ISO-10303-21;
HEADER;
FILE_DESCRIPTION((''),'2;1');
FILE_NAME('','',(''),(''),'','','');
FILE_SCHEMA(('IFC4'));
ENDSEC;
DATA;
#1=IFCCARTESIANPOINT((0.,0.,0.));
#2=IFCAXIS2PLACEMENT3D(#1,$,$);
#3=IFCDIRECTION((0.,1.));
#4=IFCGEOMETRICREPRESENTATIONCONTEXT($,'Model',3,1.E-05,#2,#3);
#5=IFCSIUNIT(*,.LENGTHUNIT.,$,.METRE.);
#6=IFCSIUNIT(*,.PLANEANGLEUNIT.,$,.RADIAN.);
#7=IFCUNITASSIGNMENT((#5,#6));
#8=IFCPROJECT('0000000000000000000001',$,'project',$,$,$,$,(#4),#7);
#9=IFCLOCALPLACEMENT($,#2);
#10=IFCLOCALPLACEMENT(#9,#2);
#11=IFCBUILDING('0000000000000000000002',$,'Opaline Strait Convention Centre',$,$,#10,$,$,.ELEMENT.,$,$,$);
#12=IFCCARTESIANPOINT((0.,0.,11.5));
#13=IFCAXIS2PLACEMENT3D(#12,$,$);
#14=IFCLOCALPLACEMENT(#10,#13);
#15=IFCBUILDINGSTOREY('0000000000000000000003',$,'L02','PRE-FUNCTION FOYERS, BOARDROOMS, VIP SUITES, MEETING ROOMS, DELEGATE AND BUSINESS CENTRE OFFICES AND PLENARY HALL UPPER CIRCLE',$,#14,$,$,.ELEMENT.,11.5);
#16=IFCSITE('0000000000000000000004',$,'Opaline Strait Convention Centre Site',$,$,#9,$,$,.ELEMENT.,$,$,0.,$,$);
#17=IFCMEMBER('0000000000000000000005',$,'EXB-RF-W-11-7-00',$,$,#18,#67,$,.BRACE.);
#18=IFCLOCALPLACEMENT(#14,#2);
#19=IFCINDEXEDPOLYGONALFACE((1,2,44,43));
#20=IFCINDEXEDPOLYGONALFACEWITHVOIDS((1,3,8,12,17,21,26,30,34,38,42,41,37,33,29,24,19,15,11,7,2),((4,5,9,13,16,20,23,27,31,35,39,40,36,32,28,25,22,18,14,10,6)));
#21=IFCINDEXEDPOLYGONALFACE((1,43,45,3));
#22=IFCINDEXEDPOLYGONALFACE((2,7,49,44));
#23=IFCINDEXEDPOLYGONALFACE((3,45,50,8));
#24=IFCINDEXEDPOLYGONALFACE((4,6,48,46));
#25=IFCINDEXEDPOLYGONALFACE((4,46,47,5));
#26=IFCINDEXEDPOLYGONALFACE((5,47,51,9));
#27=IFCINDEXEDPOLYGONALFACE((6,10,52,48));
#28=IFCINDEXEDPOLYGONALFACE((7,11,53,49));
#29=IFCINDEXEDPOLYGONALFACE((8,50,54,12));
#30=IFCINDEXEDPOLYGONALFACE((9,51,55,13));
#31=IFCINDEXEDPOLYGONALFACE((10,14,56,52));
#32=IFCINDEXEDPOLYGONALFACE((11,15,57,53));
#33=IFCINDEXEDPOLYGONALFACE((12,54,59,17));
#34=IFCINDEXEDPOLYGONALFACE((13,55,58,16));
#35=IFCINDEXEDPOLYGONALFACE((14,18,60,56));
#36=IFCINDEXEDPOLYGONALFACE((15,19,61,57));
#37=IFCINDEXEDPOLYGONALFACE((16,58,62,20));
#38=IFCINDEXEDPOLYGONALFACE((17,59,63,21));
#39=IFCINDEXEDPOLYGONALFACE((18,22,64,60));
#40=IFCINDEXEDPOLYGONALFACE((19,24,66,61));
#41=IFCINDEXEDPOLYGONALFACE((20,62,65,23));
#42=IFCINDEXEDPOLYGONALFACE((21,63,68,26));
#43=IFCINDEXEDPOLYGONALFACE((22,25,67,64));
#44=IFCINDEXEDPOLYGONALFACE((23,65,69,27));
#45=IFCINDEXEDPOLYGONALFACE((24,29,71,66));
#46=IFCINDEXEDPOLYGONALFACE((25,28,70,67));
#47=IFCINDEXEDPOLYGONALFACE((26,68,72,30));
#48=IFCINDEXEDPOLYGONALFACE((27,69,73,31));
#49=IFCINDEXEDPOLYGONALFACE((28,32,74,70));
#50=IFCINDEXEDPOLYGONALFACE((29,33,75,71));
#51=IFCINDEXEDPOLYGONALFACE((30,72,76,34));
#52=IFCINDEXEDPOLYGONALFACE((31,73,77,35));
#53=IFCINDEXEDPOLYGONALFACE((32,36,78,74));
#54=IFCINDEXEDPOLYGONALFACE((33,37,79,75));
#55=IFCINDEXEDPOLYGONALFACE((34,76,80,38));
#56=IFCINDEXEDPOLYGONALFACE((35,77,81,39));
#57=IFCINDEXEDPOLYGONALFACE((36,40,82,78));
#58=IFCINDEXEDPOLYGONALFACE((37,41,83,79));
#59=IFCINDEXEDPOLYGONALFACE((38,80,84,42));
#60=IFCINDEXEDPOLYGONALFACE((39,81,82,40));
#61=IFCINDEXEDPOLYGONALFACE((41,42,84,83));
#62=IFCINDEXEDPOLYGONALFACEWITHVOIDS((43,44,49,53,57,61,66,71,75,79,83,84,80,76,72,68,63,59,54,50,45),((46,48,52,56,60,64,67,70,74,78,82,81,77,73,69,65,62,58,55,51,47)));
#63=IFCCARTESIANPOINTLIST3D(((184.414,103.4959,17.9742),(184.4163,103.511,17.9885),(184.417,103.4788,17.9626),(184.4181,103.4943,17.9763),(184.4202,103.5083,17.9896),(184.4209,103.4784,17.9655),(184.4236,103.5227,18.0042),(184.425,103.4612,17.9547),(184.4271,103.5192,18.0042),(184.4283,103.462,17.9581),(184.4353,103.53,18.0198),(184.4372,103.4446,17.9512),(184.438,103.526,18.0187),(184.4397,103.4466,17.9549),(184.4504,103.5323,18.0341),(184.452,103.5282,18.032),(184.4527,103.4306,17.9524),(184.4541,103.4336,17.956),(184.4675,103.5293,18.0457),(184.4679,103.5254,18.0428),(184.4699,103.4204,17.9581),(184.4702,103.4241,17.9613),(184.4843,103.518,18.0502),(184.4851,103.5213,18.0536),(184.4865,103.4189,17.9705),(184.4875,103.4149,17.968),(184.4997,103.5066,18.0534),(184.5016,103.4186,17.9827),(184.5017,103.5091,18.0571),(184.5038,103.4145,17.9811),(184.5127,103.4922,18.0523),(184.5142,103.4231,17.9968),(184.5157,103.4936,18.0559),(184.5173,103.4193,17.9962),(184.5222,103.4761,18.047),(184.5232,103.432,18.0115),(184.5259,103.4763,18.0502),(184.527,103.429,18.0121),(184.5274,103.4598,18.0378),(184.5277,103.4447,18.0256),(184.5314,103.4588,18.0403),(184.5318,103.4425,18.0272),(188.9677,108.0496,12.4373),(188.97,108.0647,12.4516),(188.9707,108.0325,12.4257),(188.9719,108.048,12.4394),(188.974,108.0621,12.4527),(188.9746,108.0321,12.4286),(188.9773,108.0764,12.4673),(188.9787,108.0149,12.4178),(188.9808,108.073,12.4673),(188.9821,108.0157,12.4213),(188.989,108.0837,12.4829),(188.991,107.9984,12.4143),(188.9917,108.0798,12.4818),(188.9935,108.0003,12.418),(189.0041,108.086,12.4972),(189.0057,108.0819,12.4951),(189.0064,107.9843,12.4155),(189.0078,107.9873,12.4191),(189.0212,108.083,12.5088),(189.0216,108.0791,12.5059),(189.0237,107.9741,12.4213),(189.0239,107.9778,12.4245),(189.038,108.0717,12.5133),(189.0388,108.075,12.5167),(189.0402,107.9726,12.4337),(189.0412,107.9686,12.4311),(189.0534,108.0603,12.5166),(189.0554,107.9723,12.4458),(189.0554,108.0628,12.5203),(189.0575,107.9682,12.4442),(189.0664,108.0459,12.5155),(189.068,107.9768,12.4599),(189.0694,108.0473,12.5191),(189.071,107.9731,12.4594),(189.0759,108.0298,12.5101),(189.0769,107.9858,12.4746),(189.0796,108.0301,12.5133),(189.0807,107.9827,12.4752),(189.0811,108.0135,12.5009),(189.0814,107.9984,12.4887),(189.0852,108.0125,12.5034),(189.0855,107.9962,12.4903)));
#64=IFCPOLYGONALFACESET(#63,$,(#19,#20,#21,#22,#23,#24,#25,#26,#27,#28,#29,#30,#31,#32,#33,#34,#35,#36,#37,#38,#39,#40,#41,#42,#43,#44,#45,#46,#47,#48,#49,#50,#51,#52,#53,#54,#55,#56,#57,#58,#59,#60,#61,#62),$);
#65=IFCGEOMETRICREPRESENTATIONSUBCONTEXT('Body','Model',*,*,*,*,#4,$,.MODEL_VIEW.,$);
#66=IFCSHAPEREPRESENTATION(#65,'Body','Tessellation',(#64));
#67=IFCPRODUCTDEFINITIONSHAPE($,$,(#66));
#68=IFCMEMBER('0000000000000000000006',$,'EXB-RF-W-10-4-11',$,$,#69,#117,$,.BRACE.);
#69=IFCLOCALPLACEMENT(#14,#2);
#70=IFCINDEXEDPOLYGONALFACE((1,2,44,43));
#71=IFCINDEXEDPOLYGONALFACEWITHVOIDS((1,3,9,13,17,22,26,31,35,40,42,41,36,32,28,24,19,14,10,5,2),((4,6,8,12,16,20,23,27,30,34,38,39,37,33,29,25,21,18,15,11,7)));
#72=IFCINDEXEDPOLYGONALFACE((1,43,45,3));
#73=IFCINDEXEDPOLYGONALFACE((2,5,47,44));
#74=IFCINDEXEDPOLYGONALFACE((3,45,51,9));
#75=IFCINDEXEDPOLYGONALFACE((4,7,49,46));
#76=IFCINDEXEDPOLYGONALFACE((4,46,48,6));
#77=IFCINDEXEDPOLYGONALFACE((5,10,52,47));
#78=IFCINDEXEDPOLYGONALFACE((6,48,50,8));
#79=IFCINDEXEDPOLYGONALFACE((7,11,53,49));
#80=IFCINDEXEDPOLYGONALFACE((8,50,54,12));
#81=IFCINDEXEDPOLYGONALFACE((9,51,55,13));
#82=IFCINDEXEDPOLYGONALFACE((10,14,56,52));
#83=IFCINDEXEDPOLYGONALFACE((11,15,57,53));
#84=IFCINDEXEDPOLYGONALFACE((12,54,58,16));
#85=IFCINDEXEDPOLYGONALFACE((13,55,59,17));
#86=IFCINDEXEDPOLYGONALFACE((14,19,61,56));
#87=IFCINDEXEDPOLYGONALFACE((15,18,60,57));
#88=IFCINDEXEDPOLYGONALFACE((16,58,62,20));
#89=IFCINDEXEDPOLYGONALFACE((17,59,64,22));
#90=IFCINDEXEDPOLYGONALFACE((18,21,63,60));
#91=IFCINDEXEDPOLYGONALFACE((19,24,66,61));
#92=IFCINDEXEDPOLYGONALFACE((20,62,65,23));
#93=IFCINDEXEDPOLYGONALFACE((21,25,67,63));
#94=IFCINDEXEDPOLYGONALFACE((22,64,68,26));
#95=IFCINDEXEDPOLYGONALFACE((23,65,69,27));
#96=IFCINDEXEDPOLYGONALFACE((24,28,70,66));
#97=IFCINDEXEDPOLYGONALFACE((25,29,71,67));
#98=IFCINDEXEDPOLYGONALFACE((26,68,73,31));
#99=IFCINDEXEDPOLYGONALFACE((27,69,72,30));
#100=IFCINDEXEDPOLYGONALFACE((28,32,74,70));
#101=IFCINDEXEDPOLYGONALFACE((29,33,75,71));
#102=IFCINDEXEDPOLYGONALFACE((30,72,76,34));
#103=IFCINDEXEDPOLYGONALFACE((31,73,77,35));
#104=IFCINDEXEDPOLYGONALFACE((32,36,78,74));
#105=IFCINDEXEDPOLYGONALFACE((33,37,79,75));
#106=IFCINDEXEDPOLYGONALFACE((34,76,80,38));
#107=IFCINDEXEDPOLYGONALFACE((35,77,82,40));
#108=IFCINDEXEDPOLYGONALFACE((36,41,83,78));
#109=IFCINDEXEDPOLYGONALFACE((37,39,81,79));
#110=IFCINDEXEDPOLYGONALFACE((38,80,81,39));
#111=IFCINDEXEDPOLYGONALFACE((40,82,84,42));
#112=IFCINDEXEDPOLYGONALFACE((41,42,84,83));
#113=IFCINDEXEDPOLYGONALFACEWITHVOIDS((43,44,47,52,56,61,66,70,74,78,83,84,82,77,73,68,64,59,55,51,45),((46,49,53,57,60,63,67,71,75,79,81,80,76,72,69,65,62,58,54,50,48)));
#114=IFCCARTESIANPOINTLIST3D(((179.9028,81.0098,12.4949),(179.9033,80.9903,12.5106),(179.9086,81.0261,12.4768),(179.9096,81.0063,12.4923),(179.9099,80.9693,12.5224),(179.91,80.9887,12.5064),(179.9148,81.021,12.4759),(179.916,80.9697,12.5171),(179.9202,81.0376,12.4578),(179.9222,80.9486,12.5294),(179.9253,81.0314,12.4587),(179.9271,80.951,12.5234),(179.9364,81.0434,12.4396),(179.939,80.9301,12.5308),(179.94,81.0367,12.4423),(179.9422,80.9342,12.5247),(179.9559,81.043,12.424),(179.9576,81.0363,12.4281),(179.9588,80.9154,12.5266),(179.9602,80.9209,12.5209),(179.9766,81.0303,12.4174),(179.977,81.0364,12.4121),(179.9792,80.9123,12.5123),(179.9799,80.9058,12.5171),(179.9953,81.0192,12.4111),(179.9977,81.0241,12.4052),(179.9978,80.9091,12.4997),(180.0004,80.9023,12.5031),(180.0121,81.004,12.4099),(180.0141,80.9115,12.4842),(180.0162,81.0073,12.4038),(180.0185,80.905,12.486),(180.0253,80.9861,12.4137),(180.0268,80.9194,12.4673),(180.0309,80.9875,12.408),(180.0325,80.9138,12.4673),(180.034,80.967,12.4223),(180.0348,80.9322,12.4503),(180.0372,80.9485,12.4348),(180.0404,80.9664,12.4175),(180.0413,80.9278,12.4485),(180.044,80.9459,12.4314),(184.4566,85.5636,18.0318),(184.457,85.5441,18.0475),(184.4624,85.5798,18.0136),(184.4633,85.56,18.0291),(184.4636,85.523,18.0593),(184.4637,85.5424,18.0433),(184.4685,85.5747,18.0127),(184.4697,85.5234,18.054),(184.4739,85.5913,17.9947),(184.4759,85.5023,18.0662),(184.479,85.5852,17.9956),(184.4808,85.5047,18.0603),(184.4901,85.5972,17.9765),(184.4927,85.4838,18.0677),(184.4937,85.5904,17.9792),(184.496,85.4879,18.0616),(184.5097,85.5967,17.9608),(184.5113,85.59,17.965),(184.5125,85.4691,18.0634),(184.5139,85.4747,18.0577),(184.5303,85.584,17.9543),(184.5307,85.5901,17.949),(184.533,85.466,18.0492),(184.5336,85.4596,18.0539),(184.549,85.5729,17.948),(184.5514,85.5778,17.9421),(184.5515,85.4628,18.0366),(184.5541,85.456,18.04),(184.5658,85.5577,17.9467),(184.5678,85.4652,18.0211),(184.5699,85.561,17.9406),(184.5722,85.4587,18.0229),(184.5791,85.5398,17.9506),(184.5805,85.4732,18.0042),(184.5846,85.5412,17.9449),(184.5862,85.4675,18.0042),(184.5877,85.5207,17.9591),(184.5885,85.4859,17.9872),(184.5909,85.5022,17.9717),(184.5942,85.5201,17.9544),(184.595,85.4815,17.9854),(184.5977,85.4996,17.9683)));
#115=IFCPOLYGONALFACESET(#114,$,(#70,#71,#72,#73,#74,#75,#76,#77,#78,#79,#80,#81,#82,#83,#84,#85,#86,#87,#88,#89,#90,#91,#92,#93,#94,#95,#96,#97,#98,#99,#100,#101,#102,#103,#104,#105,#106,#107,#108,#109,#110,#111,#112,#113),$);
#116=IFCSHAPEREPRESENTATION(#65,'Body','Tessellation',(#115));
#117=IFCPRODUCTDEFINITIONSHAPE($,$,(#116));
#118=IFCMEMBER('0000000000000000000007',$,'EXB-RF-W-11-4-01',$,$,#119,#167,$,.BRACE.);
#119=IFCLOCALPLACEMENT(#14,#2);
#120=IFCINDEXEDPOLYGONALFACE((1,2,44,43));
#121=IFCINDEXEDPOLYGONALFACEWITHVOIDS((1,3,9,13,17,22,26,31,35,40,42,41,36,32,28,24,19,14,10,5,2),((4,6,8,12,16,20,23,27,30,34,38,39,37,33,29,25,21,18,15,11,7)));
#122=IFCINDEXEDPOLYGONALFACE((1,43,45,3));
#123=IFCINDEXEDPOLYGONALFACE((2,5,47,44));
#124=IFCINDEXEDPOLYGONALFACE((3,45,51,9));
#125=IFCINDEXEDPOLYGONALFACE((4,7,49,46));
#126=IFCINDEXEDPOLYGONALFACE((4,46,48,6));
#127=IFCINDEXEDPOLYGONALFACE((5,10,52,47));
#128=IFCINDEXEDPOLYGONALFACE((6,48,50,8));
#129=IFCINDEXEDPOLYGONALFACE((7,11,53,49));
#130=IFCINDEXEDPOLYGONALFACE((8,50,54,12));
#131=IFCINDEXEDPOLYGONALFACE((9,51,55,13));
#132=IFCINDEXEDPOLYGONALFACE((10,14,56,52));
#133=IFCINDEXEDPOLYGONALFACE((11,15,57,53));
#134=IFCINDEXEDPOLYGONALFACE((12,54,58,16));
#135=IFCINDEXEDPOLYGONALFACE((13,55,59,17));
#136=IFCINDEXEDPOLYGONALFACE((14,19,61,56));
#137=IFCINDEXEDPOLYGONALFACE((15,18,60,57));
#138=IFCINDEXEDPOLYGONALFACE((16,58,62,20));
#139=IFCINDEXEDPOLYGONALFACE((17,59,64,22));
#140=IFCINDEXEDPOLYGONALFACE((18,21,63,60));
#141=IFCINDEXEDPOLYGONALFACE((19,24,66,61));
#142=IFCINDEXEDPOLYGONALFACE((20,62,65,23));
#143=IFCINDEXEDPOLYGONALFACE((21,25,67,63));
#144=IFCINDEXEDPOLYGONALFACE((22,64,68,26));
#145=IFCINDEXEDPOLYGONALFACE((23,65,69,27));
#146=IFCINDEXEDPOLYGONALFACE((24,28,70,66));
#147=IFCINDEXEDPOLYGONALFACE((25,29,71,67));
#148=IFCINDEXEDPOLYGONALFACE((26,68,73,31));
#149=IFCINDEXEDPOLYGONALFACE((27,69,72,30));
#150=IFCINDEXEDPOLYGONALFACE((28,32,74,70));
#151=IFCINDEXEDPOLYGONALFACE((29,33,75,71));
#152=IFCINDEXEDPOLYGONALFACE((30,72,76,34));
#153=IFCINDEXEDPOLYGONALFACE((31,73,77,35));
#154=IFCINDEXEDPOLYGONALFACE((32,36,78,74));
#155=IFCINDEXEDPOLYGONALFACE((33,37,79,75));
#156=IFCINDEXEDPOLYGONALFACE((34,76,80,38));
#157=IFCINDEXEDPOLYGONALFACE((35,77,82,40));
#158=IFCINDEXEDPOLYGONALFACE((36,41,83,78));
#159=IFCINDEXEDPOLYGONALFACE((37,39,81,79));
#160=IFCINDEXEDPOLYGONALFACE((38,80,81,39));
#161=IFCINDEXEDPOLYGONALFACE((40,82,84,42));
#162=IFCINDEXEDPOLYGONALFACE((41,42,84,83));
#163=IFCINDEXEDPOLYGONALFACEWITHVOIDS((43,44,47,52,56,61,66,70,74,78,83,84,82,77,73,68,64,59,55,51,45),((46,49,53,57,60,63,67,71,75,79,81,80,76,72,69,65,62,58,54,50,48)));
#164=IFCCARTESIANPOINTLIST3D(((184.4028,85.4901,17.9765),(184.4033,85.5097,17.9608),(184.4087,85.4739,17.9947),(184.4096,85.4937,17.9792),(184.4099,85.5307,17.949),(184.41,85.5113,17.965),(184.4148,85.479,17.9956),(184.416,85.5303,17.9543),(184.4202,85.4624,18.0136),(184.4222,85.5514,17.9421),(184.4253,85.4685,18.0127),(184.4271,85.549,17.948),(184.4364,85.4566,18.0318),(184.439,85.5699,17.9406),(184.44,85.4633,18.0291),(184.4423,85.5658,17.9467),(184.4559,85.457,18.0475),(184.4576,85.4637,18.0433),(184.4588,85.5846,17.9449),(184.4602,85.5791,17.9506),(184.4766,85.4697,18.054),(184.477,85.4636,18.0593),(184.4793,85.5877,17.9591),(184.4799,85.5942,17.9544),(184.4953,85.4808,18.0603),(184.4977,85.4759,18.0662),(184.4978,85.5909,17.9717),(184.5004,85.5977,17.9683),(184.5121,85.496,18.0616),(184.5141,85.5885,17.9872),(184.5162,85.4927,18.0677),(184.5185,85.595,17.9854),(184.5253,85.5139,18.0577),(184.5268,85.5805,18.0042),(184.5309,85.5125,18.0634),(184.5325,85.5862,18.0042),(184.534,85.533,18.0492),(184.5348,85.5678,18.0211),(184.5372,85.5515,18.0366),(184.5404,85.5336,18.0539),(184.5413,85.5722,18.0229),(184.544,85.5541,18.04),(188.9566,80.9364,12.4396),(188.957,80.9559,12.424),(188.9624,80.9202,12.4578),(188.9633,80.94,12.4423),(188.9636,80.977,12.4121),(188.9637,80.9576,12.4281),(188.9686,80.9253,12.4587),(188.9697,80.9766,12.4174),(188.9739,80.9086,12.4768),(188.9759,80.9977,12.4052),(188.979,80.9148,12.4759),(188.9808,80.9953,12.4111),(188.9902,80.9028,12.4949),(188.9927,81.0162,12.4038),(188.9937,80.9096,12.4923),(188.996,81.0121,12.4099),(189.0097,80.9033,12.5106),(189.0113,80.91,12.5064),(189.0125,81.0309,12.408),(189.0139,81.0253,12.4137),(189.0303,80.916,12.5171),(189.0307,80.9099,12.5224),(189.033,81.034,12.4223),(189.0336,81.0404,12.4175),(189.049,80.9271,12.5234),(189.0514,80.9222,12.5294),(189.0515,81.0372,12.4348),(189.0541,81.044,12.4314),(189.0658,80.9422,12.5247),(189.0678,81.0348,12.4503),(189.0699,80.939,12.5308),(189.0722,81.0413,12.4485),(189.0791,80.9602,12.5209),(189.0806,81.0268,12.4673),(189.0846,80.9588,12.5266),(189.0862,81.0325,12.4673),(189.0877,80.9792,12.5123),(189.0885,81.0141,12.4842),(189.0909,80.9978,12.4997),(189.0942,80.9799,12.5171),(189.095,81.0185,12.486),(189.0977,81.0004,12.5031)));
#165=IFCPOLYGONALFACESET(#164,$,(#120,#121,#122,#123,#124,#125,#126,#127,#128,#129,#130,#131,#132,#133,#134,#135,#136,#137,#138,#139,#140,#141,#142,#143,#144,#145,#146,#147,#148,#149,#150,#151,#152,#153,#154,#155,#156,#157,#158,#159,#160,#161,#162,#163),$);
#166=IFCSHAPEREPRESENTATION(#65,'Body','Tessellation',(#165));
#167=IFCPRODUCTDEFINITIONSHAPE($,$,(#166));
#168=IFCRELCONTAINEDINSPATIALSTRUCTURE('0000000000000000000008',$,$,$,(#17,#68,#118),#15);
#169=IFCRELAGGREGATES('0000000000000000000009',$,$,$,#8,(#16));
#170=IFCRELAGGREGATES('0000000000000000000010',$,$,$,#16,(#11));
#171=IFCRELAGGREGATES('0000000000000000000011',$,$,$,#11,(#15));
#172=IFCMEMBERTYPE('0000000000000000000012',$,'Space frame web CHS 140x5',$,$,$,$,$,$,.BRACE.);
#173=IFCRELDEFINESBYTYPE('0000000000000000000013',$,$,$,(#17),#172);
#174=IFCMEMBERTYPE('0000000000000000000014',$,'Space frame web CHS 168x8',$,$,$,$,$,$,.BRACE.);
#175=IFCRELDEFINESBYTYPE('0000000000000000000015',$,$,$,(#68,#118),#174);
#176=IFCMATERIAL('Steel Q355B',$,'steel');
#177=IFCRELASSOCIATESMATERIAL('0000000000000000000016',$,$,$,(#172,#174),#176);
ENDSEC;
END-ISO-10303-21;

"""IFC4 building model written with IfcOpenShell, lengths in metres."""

from ifc_helpers import new_model, si_unit, direction, frame, origin, origin_2d, place, context, subcontext, project, spatial, hollow_circle, extrude, material, material_profile, profile_set, type_object, element, save


model = new_model("IFC4")

# Units and contexts
model_context = context("Model", 3, precision=1e-05, world=origin(), true_north=direction((0.0, 1.0)))
body_context = subcontext(model_context, "Body", "Model", "MODEL_VIEW")
ifc_project = project(units=[si_unit("LENGTHUNIT", "METRE"), si_unit("PLANEANGLEUNIT", "RADIAN")], contexts=[model_context])

# Site, building, storey
site_placement = place(None, origin())
site = spatial("IfcSite", under=ifc_project, at=site_placement, Name="Opaline Strait Convention Centre Site", CompositionType="ELEMENT", RefElevation=0.0)
building_placement = place(site_placement, origin())
building = spatial("IfcBuilding", under=site, at=building_placement, Name="Opaline Strait Convention Centre", CompositionType="ELEMENT")
storey_placement = place(building_placement, frame((0.0, 0.0, 11.5)))
storey = spatial("IfcBuildingStorey", under=building, at=storey_placement, Name="L02", Description="PRE-FUNCTION FOYERS, BOARDROOMS, VIP SUITES, MEETING ROOMS, DELEGATE AND BUSINESS CENTRE OFFICES AND PLENARY HALL UPPER CIRCLE", CompositionType="ELEMENT", Elevation=11.5)

# Members
ifc_material = material(Name="Steel Q355B", Category="steel")
ifc_material_profile_1 = material_profile(ifc_material, hollow_circle(Radius=0.0701, WallThickness=0.0049, at=origin_2d()), Name="CHS 140x5")
ifc_profile_set_1 = profile_set([ifc_material_profile_1], Name="Steel Q355B")
member_type_1 = type_object("IfcMemberType", Name="Space frame web CHS 140x5", PredefinedType="BRACE", material=ifc_profile_set_1)
for number, where, z_axis, x_axis, name in (
    (1, (184.4731, 103.4731, 18.0042), (0.536178, 0.536178, -0.65194), (-0.707107, 0.707107, 0.0), "EXB-RF-W-11-7-00"),
):
    element("IfcMember", number, at=place(storey_placement, frame(where, z_axis=z_axis, x_axis=x_axis)), inside=storey, type_object=member_type_1, Name=name, PredefinedType="BRACE", context=body_context, shape_type="SweptSolid", body=[
        extrude(hollow_circle(Radius=0.0701, WallThickness=0.0049, at=origin_2d()), origin(), (0.0, 0.0, 1.0), 8.4929),
    ])
ifc_material_profile_2 = material_profile(ifc_material, hollow_circle(Radius=0.084, WallThickness=0.0081, at=origin_2d()), Name="CHS 168x8")
ifc_profile_set_2 = profile_set([ifc_material_profile_2], Name="Steel Q355B")
member_type_2 = type_object("IfcMemberType", Name="Space frame web CHS 168x8", PredefinedType="BRACE", material=ifc_profile_set_2)
for number, where, z_axis, x_axis, name in (
    (2, (184.5269, 85.5269, 18.0042), (-0.536178, -0.536178, -0.65194), (0.707107, -0.707107, 0.0), "EXB-RF-W-10-4-11"),
    (3, (184.4731, 85.5269, 18.0042), (0.536178, -0.536178, -0.65194), (0.707107, 0.707107, 0.0), "EXB-RF-W-11-4-01"),
):
    element("IfcMember", number, at=place(storey_placement, frame(where, z_axis=z_axis, x_axis=x_axis)), inside=storey, type_object=member_type_2, Name=name, PredefinedType="BRACE", context=body_context, shape_type="SweptSolid", body=[
        extrude(hollow_circle(Radius=0.084, WallThickness=0.0081, at=origin_2d()), origin(), (0.0, 0.0, 1.0), 8.4929),
    ])

save(model, "model.ifc")
